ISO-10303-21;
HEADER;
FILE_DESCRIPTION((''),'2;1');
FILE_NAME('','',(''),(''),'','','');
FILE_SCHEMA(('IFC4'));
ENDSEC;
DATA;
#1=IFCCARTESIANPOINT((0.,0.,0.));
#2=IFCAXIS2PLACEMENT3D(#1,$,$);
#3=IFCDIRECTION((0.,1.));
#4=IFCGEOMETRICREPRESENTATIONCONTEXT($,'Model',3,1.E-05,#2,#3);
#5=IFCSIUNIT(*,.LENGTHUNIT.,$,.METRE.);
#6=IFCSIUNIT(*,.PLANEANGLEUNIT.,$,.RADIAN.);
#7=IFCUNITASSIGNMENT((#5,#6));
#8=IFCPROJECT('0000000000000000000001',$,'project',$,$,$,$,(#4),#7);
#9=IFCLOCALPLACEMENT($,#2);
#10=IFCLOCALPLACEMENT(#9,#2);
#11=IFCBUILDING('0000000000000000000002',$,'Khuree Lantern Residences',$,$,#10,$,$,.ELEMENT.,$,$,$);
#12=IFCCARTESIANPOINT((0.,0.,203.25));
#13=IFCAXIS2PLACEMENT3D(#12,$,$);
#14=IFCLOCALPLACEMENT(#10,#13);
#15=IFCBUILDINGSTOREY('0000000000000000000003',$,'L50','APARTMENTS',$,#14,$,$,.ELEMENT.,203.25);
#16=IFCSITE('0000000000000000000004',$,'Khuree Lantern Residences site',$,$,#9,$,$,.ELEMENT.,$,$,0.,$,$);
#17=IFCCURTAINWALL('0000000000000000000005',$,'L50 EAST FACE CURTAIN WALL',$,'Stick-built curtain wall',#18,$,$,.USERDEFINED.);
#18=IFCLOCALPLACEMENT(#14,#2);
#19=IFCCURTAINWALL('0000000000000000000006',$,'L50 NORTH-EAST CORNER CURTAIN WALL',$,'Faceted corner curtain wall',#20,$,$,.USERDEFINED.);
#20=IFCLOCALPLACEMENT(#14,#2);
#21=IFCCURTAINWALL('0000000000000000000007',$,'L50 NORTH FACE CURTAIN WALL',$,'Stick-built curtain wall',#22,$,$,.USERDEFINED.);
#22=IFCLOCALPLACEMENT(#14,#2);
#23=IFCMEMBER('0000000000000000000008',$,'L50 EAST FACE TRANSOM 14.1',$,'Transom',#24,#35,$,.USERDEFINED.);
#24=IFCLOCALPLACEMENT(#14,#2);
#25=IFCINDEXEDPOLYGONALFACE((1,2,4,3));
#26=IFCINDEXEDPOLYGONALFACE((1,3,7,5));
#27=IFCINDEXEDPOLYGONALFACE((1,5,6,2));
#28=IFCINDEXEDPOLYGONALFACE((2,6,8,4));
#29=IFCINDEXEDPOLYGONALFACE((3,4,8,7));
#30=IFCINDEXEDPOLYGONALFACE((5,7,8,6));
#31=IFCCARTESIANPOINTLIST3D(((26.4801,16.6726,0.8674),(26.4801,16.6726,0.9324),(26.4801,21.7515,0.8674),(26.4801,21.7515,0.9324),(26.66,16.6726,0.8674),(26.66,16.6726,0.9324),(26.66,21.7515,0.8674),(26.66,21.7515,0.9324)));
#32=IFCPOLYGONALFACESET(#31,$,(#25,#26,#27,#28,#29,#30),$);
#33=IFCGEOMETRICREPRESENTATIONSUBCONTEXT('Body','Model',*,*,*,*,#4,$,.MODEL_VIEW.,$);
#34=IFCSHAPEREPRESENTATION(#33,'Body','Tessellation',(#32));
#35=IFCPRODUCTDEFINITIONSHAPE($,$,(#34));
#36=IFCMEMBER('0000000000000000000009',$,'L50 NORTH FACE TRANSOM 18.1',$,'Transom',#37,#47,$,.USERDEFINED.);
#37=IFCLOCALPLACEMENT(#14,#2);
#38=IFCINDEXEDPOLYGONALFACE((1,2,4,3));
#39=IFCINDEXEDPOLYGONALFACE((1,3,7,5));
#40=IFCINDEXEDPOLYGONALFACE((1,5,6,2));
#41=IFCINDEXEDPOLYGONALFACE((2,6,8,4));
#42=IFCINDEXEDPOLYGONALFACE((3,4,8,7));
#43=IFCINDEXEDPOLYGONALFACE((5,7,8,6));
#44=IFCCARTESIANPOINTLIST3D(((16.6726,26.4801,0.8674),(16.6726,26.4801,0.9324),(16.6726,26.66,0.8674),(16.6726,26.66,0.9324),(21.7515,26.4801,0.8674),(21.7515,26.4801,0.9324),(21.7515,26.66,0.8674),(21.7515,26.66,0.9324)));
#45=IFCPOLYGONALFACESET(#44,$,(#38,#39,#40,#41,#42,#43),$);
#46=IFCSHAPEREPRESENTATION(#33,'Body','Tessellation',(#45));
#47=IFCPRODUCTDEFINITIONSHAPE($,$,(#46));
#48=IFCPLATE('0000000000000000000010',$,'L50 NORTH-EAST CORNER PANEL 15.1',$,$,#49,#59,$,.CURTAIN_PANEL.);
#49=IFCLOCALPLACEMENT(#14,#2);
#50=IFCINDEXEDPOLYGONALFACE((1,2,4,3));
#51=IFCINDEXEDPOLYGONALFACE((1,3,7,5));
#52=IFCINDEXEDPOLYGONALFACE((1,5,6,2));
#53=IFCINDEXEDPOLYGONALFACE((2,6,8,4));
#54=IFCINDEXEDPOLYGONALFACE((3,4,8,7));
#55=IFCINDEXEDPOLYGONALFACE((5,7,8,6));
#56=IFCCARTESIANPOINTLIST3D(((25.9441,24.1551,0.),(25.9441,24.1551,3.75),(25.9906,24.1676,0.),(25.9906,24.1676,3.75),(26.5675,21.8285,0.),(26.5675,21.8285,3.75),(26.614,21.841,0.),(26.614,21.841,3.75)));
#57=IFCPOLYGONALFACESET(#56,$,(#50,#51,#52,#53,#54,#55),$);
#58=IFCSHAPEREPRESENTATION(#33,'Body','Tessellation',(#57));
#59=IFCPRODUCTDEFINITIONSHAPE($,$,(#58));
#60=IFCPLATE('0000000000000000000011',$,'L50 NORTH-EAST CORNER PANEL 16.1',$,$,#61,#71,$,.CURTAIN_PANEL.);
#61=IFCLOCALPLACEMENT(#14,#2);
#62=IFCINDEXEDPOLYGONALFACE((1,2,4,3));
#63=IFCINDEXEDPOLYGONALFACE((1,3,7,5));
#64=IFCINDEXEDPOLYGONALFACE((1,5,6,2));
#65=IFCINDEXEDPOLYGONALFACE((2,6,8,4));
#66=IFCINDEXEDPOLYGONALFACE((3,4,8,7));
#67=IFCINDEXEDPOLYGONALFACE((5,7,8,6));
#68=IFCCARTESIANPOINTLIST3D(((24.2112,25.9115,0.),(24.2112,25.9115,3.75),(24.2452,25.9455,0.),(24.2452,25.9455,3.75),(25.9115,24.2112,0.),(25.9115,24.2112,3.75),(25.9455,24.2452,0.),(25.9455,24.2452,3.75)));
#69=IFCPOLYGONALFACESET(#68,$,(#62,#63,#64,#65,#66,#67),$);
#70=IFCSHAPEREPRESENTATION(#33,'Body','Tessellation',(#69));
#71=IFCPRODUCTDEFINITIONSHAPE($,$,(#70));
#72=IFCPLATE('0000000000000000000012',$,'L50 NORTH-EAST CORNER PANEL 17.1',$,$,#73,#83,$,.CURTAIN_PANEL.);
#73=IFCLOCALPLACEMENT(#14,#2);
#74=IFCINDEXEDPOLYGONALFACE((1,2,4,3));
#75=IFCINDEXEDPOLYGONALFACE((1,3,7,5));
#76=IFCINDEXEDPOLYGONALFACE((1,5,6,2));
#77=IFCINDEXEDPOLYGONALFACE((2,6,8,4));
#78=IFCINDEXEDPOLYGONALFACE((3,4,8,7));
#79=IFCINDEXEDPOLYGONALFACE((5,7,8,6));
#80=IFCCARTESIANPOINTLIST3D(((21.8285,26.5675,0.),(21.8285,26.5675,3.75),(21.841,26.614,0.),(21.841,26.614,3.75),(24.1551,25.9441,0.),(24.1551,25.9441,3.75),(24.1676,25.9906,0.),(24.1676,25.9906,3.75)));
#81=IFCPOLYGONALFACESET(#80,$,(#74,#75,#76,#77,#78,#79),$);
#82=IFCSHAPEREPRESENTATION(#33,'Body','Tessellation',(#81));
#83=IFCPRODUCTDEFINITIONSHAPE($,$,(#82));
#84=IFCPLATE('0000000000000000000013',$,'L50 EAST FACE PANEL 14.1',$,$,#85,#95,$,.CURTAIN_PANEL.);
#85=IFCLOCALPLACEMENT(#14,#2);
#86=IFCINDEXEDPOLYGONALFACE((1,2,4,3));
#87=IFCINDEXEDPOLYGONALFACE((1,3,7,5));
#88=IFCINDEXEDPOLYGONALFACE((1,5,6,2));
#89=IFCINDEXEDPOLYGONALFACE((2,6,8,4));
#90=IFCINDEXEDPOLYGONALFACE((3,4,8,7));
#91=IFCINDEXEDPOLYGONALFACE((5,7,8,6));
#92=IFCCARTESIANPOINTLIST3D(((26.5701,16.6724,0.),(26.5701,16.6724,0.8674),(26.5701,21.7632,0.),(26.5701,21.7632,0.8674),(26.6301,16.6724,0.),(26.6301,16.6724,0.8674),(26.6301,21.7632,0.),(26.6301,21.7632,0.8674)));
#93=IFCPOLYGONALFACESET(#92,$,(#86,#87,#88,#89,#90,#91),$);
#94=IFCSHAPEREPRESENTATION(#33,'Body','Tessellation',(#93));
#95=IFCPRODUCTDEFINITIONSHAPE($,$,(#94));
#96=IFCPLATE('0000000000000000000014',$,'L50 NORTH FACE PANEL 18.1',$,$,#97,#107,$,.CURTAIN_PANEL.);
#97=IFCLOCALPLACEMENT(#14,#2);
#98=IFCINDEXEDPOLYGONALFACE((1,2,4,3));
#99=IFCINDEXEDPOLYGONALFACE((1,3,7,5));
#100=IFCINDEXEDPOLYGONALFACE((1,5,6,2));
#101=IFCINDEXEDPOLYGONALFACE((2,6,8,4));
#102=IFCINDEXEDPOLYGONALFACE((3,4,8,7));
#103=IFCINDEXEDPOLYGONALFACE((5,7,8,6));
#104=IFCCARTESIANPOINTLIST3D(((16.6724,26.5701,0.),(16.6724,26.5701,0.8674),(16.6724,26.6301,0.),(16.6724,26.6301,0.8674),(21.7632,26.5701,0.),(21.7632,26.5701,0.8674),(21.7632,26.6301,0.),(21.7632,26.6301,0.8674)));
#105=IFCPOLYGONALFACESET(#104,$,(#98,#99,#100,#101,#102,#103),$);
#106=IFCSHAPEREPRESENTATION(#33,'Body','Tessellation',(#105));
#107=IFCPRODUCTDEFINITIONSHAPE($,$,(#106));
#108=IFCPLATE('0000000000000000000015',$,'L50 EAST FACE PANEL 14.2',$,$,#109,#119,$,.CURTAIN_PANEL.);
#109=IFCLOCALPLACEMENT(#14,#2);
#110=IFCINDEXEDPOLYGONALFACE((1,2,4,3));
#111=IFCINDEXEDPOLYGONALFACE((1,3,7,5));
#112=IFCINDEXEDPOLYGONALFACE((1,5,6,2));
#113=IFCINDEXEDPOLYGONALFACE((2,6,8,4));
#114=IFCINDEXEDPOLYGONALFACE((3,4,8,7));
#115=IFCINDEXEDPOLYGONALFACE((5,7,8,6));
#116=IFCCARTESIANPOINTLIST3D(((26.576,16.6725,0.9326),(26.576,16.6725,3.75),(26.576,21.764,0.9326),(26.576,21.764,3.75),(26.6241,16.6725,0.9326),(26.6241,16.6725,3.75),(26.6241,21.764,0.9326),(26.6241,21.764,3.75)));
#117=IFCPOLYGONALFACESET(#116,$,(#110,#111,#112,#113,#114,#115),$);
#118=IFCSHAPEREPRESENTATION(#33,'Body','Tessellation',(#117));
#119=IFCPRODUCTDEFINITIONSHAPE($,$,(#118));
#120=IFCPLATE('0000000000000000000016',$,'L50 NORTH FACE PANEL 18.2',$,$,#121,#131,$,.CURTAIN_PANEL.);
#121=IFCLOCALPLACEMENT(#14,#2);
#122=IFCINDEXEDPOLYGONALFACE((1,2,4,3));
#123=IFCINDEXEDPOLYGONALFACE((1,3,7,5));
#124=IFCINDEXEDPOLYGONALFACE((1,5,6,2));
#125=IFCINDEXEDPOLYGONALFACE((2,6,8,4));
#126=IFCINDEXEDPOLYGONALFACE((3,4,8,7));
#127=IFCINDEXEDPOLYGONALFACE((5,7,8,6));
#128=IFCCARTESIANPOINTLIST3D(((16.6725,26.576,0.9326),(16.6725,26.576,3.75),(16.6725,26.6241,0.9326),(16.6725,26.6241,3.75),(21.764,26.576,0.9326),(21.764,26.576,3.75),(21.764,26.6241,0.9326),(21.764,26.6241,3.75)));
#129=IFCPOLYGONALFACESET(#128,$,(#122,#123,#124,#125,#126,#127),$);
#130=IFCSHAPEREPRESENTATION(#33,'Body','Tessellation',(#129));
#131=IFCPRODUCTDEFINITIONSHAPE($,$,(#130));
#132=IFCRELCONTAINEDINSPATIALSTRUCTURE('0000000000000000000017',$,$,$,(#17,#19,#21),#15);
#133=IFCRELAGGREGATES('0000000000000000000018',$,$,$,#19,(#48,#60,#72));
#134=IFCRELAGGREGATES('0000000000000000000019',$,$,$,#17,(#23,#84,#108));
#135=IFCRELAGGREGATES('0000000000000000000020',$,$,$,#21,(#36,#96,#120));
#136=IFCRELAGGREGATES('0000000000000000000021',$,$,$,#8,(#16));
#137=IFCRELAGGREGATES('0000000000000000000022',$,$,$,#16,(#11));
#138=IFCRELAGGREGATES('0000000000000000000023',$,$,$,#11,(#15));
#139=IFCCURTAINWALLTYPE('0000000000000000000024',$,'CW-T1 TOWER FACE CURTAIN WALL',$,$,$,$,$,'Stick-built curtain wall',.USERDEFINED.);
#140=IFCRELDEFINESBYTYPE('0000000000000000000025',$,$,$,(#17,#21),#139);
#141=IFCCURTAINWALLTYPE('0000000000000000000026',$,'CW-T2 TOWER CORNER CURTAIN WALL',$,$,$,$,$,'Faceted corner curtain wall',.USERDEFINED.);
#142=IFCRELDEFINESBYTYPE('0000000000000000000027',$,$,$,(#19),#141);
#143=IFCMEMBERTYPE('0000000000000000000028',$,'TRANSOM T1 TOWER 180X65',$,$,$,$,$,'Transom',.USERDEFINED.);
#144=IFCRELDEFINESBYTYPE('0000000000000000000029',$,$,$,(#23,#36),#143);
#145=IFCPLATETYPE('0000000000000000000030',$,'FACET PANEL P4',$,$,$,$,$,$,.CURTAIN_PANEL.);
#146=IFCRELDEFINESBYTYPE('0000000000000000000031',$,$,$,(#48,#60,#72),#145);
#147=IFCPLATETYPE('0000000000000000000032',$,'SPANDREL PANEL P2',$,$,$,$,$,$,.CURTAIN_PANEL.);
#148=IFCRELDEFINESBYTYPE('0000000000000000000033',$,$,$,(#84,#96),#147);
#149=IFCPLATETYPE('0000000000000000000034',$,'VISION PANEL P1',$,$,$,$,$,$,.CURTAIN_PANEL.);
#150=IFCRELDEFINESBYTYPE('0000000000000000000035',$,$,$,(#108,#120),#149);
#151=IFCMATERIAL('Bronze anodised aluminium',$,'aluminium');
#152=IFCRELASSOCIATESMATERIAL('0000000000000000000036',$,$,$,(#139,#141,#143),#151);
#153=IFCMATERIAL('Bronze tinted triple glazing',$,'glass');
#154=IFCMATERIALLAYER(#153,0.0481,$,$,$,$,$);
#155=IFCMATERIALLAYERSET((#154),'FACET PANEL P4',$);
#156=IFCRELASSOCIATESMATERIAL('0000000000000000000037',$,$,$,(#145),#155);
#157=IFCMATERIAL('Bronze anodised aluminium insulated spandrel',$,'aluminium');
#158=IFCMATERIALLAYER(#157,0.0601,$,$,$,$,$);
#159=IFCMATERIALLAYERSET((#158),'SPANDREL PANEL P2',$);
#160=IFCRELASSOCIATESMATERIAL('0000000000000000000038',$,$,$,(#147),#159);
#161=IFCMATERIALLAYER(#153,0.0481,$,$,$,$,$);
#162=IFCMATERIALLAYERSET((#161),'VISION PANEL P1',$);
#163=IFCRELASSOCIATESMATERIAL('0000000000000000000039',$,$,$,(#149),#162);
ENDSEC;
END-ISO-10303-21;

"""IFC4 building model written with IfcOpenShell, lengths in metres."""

from ifc_helpers import new_model, si_unit, direction, frame, origin, origin_2d, place, context, subcontext, project, spatial, rectangle, extrude, material, layer, layer_set, material_profile, profile_set, type_object, element, aggregate, save


model = new_model("IFC4")

# Units and contexts
model_context = context("Model", 3, precision=1e-05, world=origin(), true_north=direction((0.0, 1.0)))
body_context = subcontext(model_context, "Body", "Model", "MODEL_VIEW")
ifc_project = project(units=[si_unit("LENGTHUNIT", "METRE"), si_unit("PLANEANGLEUNIT", "RADIAN")], contexts=[model_context])

# Site, building, storey
site_placement = place(None, origin())
site = spatial("IfcSite", under=ifc_project, at=site_placement, Name="Khuree Lantern Residences site", CompositionType="ELEMENT", RefElevation=0.0)
building_placement = place(site_placement, origin())
building = spatial("IfcBuilding", under=site, at=building_placement, Name="Khuree Lantern Residences", CompositionType="ELEMENT")
storey_placement = place(building_placement, frame((0.0, 0.0, 203.25)))
storey = spatial("IfcBuildingStorey", under=building, at=storey_placement, Name="L50", Description="APARTMENTS", CompositionType="ELEMENT", Elevation=203.25)

# Curtain walls
ifc_material_1 = material(Name="Bronze anodised aluminium", Category="aluminium")
curtain_wall_type_1 = type_object("IfcCurtainWallType", Name="CW-T1 TOWER FACE CURTAIN WALL", ElementType="Stick-built curtain wall", PredefinedType="USERDEFINED", material=ifc_material_1)
curtain_wall_1_placement = place(storey_placement, origin())
curtain_wall_1 = element("IfcCurtainWall", 1, at=curtain_wall_1_placement, inside=storey, type_object=curtain_wall_type_1, Name="L50 EAST FACE CURTAIN WALL", ObjectType="Stick-built curtain wall", PredefinedType="USERDEFINED")
curtain_wall_type_2 = type_object("IfcCurtainWallType", Name="CW-T2 TOWER CORNER CURTAIN WALL", ElementType="Faceted corner curtain wall", PredefinedType="USERDEFINED", material=ifc_material_1)
curtain_wall_2_placement = place(storey_placement, origin())
curtain_wall_2 = element("IfcCurtainWall", 2, at=curtain_wall_2_placement, inside=storey, type_object=curtain_wall_type_2, Name="L50 NORTH-EAST CORNER CURTAIN WALL", ObjectType="Faceted corner curtain wall", PredefinedType="USERDEFINED")

# Curtain wall
curtain_wall_3_placement = place(storey_placement, origin())
curtain_wall_3 = element("IfcCurtainWall", 3, at=curtain_wall_3_placement, inside=storey, type_object=curtain_wall_type_1, Name="L50 NORTH FACE CURTAIN WALL", ObjectType="Stick-built curtain wall", PredefinedType="USERDEFINED")

# Members
ifc_material_profile_1 = material_profile(ifc_material_1, rectangle(XDim=0.1799, YDim=0.0649, at=origin_2d()), Name="T1 180X65")
ifc_profile_set_1 = profile_set([ifc_material_profile_1], Name="Bronze anodised aluminium")
member_type_1 = type_object("IfcMemberType", Name="TRANSOM T1 TOWER 180X65", ElementType="Transom", PredefinedType="USERDEFINED", material=ifc_profile_set_1)
member_1_placement = place(storey_placement, frame((26.5701, 16.6726, 0.8999), z_axis=(0.0, 1.0, 0.0), x_axis=(-1.0, 0.0, 0.0)))
member_1 = element("IfcMember", 4, at=member_1_placement, type_object=member_type_1, Name="L50 EAST FACE TRANSOM 14.1", ObjectType="Transom", PredefinedType="USERDEFINED", context=body_context, shape_type="SweptSolid", body=[
    extrude(rectangle(XDim=0.1799, YDim=0.0649, at=origin_2d()), origin(), (0.0, 0.0, 1.0), 5.0789),
])
member_2_placement = place(storey_placement, frame((21.7515, 26.5701, 0.8999), z_axis=(-1.0, 0.0, 0.0), x_axis=(0.0, -1.0, 0.0)))
member_2 = element("IfcMember", 5, at=member_2_placement, type_object=member_type_1, Name="L50 NORTH FACE TRANSOM 18.1", ObjectType="Transom", PredefinedType="USERDEFINED", context=body_context, shape_type="SweptSolid", body=[
    extrude(rectangle(XDim=0.1799, YDim=0.0649, at=origin_2d()), origin(), (0.0, 0.0, 1.0), 5.0789),
])

# Plates
ifc_material_2 = material(Name="Bronze tinted triple glazing", Category="glass")
ifc_layer_1 = layer(ifc_material_2, 0.0481)
ifc_layer_set_1 = layer_set([ifc_layer_1], Name="FACET PANEL P4")
plate_type_1 = type_object("IfcPlateType", Name="FACET PANEL P4", PredefinedType="CURTAIN_PANEL", material=ifc_layer_set_1)
plate_1_placement = place(storey_placement, frame((26.2791, 22.998, 0.0), z_axis=(0.0, 0.0, 1.0), x_axis=(-0.258819, 0.965926, 0.0)))
plate_1 = element("IfcPlate", 6, at=plate_1_placement, type_object=plate_type_1, Name="L50 NORTH-EAST CORNER PANEL 15.1", PredefinedType="CURTAIN_PANEL", context=body_context, shape_type="SweptSolid", body=[
    extrude(rectangle(XDim=2.4087, YDim=0.0481, at=origin_2d()), origin(), (0.0, 0.0, 1.0), 3.75),
])
plate_2_placement = place(storey_placement, frame((25.0784, 25.0784, 0.0), z_axis=(0.0, 0.0, 1.0), x_axis=(-0.707107, 0.707107, 0.0)))
plate_2 = element("IfcPlate", 7, at=plate_2_placement, type_object=plate_type_1, Name="L50 NORTH-EAST CORNER PANEL 16.1", PredefinedType="CURTAIN_PANEL", context=body_context, shape_type="SweptSolid", body=[
    extrude(rectangle(XDim=2.4045, YDim=0.0481, at=origin_2d()), origin(), (0.0, 0.0, 1.0), 3.75),
])
plate_3_placement = place(storey_placement, frame((22.998, 26.2791, 0.0), z_axis=(0.0, 0.0, 1.0), x_axis=(-0.965926, 0.258819, 0.0)))
plate_3 = element("IfcPlate", 8, at=plate_3_placement, type_object=plate_type_1, Name="L50 NORTH-EAST CORNER PANEL 17.1", PredefinedType="CURTAIN_PANEL", context=body_context, shape_type="SweptSolid", body=[
    extrude(rectangle(XDim=2.4087, YDim=0.0481, at=origin_2d()), origin(), (0.0, 0.0, 1.0), 3.75),
])
aggregate(curtain_wall_2, [plate_1, plate_2, plate_3])
ifc_material_3 = material(Name="Bronze anodised aluminium insulated spandrel", Category="aluminium")
ifc_layer_2 = layer(ifc_material_3, 0.0601)
ifc_layer_set_2 = layer_set([ifc_layer_2], Name="SPANDREL PANEL P2")
plate_type_2 = type_object("IfcPlateType", Name="SPANDREL PANEL P2", PredefinedType="CURTAIN_PANEL", material=ifc_layer_set_2)
plate_4_placement = place(storey_placement, frame((26.6001, 19.2178, 0.0), z_axis=(0.0, 0.0, 1.0), x_axis=(0.0, 1.0, 0.0)))
plate_4 = element("IfcPlate", 9, at=plate_4_placement, type_object=plate_type_2, Name="L50 EAST FACE PANEL 14.1", PredefinedType="CURTAIN_PANEL", context=body_context, shape_type="SweptSolid", body=[
    extrude(rectangle(XDim=5.0908, YDim=0.0601, at=origin_2d()), origin(), (0.0, 0.0, 1.0), 0.8674),
])
plate_5_placement = place(storey_placement, frame((19.2178, 26.6001, 0.0), z_axis=(0.0, 0.0, 1.0), x_axis=(-1.0, 0.0, 0.0)))
plate_5 = element("IfcPlate", 10, at=plate_5_placement, type_object=plate_type_2, Name="L50 NORTH FACE PANEL 18.1", PredefinedType="CURTAIN_PANEL", context=body_context, shape_type="SweptSolid", body=[
    extrude(rectangle(XDim=5.0908, YDim=0.0601, at=origin_2d()), origin(), (0.0, 0.0, 1.0), 0.8674),
])
ifc_layer_3 = layer(ifc_material_2, 0.0481)
ifc_layer_set_3 = layer_set([ifc_layer_3], Name="VISION PANEL P1")
plate_type_3 = type_object("IfcPlateType", Name="VISION PANEL P1", PredefinedType="CURTAIN_PANEL", material=ifc_layer_set_3)
plate_6_placement = place(storey_placement, frame((26.6001, 19.2183, 0.9326), z_axis=(0.0, 0.0, 1.0), x_axis=(0.0, 1.0, 0.0)))
plate_6 = element("IfcPlate", 11, at=plate_6_placement, type_object=plate_type_3, Name="L50 EAST FACE PANEL 14.2", PredefinedType="CURTAIN_PANEL", context=body_context, shape_type="SweptSolid", body=[
    extrude(rectangle(XDim=5.0916, YDim=0.0481, at=origin_2d()), origin(), (0.0, 0.0, 1.0), 2.8174),
])
aggregate(curtain_wall_1, [member_1, plate_4, plate_6])
plate_7_placement = place(storey_placement, frame((19.2183, 26.6001, 0.9326), z_axis=(0.0, 0.0, 1.0), x_axis=(-1.0, 0.0, 0.0)))
plate_7 = element("IfcPlate", 12, at=plate_7_placement, type_object=plate_type_3, Name="L50 NORTH FACE PANEL 18.2", PredefinedType="CURTAIN_PANEL", context=body_context, shape_type="SweptSolid", body=[
    extrude(rectangle(XDim=5.0916, YDim=0.0481, at=origin_2d()), origin(), (0.0, 0.0, 1.0), 2.8174),
])
aggregate(curtain_wall_3, [member_2, plate_5, plate_7])

save(model, "model.ifc")
